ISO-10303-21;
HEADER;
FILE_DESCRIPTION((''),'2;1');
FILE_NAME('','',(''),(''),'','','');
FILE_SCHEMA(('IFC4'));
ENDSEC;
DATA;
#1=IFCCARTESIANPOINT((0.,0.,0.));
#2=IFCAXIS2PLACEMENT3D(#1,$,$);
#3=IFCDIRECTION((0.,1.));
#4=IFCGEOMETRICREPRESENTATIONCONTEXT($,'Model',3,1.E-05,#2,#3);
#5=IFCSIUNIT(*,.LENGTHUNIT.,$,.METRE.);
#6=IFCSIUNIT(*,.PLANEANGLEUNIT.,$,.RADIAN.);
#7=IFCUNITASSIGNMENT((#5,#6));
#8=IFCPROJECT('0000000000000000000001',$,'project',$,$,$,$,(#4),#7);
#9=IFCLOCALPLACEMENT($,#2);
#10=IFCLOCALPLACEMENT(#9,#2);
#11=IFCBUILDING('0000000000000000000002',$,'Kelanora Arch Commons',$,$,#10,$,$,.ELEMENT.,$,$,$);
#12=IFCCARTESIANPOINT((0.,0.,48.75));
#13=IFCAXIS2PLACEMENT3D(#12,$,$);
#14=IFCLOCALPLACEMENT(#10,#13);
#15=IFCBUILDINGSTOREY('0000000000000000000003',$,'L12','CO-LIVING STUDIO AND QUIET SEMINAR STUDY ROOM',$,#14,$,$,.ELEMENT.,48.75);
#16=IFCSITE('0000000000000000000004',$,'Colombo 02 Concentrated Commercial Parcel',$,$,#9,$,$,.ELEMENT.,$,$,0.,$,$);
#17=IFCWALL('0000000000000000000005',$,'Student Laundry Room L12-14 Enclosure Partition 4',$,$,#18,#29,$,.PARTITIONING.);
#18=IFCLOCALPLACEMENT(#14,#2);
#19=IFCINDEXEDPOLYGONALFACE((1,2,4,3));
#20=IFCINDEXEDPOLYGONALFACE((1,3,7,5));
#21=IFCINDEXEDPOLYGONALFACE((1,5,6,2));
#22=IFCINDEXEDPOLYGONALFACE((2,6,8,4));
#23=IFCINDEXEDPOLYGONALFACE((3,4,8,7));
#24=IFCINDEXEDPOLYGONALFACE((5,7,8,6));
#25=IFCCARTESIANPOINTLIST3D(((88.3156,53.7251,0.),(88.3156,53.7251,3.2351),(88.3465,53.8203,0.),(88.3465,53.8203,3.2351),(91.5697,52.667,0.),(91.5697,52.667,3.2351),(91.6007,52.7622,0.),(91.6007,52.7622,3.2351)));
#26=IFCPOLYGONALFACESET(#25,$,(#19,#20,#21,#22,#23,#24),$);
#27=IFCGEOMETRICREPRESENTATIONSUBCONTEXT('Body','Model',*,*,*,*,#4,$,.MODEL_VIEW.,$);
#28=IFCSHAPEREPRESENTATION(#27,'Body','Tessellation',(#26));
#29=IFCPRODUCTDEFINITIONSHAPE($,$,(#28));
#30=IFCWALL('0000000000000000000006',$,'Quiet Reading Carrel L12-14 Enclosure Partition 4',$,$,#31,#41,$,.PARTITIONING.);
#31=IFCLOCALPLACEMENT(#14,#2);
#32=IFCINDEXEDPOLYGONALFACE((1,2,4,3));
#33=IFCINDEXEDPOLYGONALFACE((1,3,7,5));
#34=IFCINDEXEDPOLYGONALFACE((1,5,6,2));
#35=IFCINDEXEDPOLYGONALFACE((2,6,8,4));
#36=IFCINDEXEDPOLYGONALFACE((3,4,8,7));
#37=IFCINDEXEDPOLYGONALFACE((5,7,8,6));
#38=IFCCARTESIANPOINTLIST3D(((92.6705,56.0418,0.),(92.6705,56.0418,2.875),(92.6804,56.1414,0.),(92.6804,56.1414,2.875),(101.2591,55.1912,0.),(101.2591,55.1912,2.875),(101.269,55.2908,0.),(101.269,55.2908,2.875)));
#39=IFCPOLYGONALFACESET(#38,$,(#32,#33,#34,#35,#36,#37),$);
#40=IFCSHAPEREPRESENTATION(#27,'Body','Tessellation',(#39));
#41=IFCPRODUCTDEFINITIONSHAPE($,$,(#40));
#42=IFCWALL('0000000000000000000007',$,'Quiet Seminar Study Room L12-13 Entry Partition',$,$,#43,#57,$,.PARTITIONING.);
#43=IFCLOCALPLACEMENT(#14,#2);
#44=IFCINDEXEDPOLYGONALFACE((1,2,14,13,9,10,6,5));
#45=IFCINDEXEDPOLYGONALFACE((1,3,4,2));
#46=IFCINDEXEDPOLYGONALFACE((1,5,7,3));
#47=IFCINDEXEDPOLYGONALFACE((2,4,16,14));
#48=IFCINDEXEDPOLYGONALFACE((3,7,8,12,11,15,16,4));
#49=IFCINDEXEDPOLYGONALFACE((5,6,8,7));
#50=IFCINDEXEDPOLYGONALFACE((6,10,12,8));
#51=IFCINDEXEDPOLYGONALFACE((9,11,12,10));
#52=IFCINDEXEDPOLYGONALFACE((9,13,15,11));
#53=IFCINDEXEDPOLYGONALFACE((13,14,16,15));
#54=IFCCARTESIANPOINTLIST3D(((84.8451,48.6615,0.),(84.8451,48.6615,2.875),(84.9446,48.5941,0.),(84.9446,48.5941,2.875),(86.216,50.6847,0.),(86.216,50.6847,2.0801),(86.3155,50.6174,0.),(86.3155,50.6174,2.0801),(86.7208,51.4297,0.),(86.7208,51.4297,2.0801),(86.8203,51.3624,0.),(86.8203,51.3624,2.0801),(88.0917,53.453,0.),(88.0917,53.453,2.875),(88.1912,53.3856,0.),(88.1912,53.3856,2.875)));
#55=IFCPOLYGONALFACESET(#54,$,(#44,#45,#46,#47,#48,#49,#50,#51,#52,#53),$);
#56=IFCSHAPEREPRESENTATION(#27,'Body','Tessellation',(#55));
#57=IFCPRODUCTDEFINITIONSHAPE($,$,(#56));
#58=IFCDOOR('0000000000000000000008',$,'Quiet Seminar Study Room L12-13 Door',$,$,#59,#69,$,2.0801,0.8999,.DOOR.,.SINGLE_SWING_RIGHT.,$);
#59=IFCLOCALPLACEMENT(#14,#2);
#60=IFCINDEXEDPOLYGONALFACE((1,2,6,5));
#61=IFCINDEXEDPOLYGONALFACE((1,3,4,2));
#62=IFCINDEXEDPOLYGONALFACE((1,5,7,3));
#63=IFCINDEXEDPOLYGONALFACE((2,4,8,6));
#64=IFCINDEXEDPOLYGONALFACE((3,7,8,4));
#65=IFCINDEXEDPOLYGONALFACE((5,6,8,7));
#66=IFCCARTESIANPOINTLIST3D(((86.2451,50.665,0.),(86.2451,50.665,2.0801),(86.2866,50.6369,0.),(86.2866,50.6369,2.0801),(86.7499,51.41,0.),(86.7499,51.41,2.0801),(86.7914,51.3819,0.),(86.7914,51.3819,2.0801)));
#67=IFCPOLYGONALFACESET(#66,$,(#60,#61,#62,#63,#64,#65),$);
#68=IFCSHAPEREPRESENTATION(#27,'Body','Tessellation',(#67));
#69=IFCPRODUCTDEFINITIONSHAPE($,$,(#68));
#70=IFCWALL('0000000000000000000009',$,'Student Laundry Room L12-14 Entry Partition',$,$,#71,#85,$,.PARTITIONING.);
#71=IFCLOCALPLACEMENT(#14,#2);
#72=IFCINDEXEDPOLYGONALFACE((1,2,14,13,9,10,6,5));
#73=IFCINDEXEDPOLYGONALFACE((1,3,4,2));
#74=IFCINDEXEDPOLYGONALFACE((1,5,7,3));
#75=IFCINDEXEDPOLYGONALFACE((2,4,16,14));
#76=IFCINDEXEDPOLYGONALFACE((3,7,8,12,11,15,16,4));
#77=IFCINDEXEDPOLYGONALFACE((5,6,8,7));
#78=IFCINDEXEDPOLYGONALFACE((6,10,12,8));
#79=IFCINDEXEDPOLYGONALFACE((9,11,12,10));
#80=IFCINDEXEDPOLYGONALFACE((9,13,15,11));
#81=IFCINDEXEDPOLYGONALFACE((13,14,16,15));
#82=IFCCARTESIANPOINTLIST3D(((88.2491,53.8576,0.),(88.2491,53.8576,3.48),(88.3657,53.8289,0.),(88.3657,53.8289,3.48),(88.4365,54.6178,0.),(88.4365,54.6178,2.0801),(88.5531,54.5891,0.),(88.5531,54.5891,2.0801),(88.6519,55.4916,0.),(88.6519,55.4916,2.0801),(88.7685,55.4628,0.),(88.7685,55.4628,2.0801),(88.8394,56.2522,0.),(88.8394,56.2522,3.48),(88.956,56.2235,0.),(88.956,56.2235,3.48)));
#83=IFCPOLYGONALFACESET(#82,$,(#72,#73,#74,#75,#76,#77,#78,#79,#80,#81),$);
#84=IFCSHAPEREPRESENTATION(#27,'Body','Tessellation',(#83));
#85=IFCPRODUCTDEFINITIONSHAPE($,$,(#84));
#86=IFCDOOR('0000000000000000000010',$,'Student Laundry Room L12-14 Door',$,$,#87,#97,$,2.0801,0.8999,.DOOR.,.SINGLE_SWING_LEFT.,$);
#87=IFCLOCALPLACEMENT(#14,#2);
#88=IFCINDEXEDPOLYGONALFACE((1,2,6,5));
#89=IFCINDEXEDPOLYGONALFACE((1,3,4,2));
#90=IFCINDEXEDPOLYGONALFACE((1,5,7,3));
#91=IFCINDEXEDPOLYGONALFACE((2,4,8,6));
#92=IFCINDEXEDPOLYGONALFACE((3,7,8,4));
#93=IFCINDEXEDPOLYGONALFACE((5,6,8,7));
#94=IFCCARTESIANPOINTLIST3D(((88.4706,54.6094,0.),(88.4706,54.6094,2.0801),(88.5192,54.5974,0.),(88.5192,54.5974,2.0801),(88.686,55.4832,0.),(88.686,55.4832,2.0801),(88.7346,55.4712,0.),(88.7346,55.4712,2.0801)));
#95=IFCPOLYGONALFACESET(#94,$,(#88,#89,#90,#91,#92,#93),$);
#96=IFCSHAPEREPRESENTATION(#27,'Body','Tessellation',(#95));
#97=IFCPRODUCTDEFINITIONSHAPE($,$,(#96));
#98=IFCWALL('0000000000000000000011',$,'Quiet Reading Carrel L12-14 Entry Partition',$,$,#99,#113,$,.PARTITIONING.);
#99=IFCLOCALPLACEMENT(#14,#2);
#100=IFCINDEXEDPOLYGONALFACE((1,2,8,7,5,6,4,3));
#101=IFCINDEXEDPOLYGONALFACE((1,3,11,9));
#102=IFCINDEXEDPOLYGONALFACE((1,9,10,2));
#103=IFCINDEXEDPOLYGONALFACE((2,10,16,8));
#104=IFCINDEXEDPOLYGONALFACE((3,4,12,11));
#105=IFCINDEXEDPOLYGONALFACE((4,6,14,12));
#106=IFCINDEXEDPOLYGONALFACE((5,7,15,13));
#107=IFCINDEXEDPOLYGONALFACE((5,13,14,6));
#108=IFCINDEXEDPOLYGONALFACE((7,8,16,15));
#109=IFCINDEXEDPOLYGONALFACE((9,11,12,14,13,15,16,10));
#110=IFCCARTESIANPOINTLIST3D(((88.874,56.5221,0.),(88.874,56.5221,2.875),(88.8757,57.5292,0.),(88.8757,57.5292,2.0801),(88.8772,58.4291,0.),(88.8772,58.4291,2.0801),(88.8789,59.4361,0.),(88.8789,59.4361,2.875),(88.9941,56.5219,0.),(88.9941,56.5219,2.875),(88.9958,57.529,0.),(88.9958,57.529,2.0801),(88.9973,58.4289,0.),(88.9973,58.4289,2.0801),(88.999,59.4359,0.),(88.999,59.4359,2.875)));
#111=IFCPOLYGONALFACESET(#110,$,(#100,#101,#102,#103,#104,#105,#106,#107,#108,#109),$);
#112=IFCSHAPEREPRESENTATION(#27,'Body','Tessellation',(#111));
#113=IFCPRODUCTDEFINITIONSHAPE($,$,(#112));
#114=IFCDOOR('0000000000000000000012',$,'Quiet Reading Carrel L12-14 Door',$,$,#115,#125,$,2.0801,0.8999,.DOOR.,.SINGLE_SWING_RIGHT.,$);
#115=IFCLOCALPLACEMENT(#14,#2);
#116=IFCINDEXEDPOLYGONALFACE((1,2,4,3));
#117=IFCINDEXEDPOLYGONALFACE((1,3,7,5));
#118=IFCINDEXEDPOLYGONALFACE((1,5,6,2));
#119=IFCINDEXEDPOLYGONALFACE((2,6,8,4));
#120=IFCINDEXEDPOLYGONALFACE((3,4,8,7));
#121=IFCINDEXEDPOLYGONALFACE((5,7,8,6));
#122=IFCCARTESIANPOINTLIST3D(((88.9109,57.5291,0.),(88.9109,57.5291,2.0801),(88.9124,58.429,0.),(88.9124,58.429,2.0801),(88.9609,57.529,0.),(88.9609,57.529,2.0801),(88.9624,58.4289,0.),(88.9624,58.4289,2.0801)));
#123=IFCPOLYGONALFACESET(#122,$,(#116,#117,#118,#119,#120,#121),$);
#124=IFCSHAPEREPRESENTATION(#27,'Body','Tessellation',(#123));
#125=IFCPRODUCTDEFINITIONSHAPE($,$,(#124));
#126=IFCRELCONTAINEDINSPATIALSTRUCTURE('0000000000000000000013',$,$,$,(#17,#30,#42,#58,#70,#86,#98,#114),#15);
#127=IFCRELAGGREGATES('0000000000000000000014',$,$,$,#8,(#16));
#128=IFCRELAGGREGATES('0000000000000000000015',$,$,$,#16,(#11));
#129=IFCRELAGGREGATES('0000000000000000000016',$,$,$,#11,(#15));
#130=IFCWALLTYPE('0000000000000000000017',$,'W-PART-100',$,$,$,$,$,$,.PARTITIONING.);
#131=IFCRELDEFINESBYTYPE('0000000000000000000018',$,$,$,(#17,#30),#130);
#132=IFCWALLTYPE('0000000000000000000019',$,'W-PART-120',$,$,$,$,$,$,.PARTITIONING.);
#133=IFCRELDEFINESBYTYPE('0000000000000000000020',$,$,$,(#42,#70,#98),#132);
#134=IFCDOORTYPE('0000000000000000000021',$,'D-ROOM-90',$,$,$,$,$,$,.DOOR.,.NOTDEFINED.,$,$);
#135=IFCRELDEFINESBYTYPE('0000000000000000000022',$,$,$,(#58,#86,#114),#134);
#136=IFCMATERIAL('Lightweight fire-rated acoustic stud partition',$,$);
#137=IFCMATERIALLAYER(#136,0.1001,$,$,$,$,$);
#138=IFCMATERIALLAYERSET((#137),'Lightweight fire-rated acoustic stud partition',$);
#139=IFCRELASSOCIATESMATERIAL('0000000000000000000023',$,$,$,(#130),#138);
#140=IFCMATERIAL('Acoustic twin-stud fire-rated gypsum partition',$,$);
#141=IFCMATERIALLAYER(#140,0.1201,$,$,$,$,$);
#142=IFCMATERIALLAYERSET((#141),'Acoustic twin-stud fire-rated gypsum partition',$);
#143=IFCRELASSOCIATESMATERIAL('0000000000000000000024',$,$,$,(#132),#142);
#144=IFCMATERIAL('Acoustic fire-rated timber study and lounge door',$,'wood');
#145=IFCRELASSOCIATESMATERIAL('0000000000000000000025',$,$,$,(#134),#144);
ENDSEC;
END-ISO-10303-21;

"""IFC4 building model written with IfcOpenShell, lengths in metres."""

from ifc_helpers import new_model, si_unit, direction, frame, frame_2d, origin, place, context, subcontext, project, spatial, rectangle, extrude, material, layer, layer_set, type_object, element, fill, save


model = new_model("IFC4")

# Units and contexts
model_context = context("Model", 3, precision=1e-05, world=origin(), true_north=direction((0.0, 1.0)))
body_context = subcontext(model_context, "Body", "Model", "MODEL_VIEW")
ifc_project = project(units=[si_unit("LENGTHUNIT", "METRE"), si_unit("PLANEANGLEUNIT", "RADIAN")], contexts=[model_context])

# Site, building, storey
site_placement = place(None, origin())
site = spatial("IfcSite", under=ifc_project, at=site_placement, Name="Colombo 02 Concentrated Commercial Parcel", CompositionType="ELEMENT", RefElevation=0.0)
building_placement = place(site_placement, origin())
building = spatial("IfcBuilding", under=site, at=building_placement, Name="Kelanora Arch Commons", CompositionType="ELEMENT")
storey_placement = place(building_placement, frame((0.0, 0.0, 48.75)))
storey = spatial("IfcBuildingStorey", under=building, at=storey_placement, Name="L12", Description="CO-LIVING STUDIO AND QUIET SEMINAR STUDY ROOM", CompositionType="ELEMENT", Elevation=48.75)

# Walls
ifc_material_1 = material(Name="Lightweight fire-rated acoustic stud partition")
ifc_layer_1 = layer(ifc_material_1, 0.1001)
ifc_layer_set_1 = layer_set([ifc_layer_1], Name="Lightweight fire-rated acoustic stud partition")
wall_type_1 = type_object("IfcWallType", Name="W-PART-100", PredefinedType="PARTITIONING", material=ifc_layer_set_1)
wall_1_placement = place(storey_placement, frame((91.5852, 52.7146, 0.0), z_axis=(0.0, 0.0, 1.0), x_axis=(-0.950991, 0.30922, 0.0)))
element("IfcWall", 1, at=wall_1_placement, inside=storey, type_object=wall_type_1, Name="Student Laundry Room L12-14 Enclosure Partition 4", PredefinedType="PARTITIONING", context=body_context, shape_type="SweptSolid", body=[
    extrude(rectangle(XDim=3.4219, YDim=0.1001, at=frame_2d((1.7109, 0.0))), origin(), (0.0, 0.0, 1.0), 3.2351),
])
wall_2_placement = place(storey_placement, frame((101.2642, 55.241, 0.0), z_axis=(0.0, 0.0, 1.0), x_axis=(-0.995132, 0.098554, 0.0)))
element("IfcWall", 2, at=wall_2_placement, inside=storey, type_object=wall_type_1, Name="Quiet Reading Carrel L12-14 Enclosure Partition 4", PredefinedType="PARTITIONING", context=body_context, shape_type="SweptSolid", body=[
    extrude(rectangle(XDim=8.6306, YDim=0.1001, at=frame_2d((4.3154, 0.0))), origin(), (0.0, 0.0, 1.0), 2.875),
])

# Walls, openings, doors
ifc_material_2 = material(Name="Acoustic twin-stud fire-rated gypsum partition")
ifc_layer_2 = layer(ifc_material_2, 0.1201)
ifc_layer_set_2 = layer_set([ifc_layer_2], Name="Acoustic twin-stud fire-rated gypsum partition")
wall_type_2 = type_object("IfcWallType", Name="W-PART-120", PredefinedType="PARTITIONING", material=ifc_layer_set_2)
wall_3_placement = place(storey_placement, frame((84.8948, 48.6277, 0.0), z_axis=(0.0, 0.0, 1.0), x_axis=(0.560934, 0.827861, 0.0)))
wall_3 = element("IfcWall", 3, at=wall_3_placement, inside=storey, type_object=wall_type_2, Name="Quiet Seminar Study Room L12-13 Entry Partition", PredefinedType="PARTITIONING", context=body_context, shape_type="SweptSolid", body=[
    extrude(rectangle(XDim=5.7878, YDim=0.1201, at=frame_2d((2.894, 0.0))), origin(), (0.0, 0.0, 1.0), 2.875),
])
opening_1_placement = place(wall_3_placement, frame((2.4441, 0.0, 0.0)))
opening_1 = element("IfcOpeningElement", 4, at=opening_1_placement, cuts=wall_3, PredefinedType="OPENING", context=body_context, shape_type="SweptSolid", body=[
    extrude(rectangle(XDim=0.8999, YDim=2.0801, at=frame_2d((0.45, 1.04))), frame((0.0, 0.0701, 0.0), z_axis=(0.0, -1.0, 0.0), x_axis=(1.0, 0.0, 0.0)), (0.0, 0.0, 1.0), 0.1401),
])
ifc_material_3 = material(Name="Acoustic fire-rated timber study and lounge door", Category="wood")
door_type = type_object("IfcDoorType", Name="D-ROOM-90", OperationType="NOTDEFINED", PredefinedType="DOOR", material=ifc_material_3)
door_1_placement = place(opening_1_placement, origin())
door_1 = element("IfcDoor", 5, at=door_1_placement, inside=storey, type_object=door_type, Name="Quiet Seminar Study Room L12-13 Door", OperationType="SINGLE_SWING_RIGHT", OverallHeight=2.0801, OverallWidth=0.8999, PredefinedType="DOOR", context=body_context, shape_type="SweptSolid", body=[
    extrude(rectangle(XDim=0.8999, YDim=2.0801, at=frame_2d((0.45, 1.04))), frame((0.0, 0.0249, 0.0), z_axis=(0.0, -1.0, 0.0), x_axis=(1.0, 0.0, 0.0)), (0.0, 0.0, 1.0), 0.05),
])
fill(opening_1, door_1)
wall_4_placement = place(storey_placement, frame((88.3074, 53.8433, 0.0), z_axis=(0.0, 0.0, 1.0), x_axis=(0.239367, 0.970929, 0.0)))
wall_4 = element("IfcWall", 6, at=wall_4_placement, inside=storey, type_object=wall_type_2, Name="Student Laundry Room L12-14 Entry Partition", PredefinedType="PARTITIONING", context=body_context, shape_type="SweptSolid", body=[
    extrude(rectangle(XDim=2.4663, YDim=0.1201, at=frame_2d((1.2332, 0.0))), origin(), (0.0, 0.0, 1.0), 3.48),
])
opening_2_placement = place(wall_4_placement, frame((0.783, 0.0, 0.0)))
opening_2 = element("IfcOpeningElement", 7, at=opening_2_placement, cuts=wall_4, PredefinedType="OPENING", context=body_context, shape_type="SweptSolid", body=[
    extrude(rectangle(XDim=0.8999, YDim=2.0801, at=frame_2d((0.45, 1.04))), frame((0.0, 0.0701, 0.0), z_axis=(0.0, -1.0, 0.0), x_axis=(1.0, 0.0, 0.0)), (0.0, 0.0, 1.0), 0.1401),
])
door_2_placement = place(opening_2_placement, origin())
door_2 = element("IfcDoor", 8, at=door_2_placement, inside=storey, type_object=door_type, Name="Student Laundry Room L12-14 Door", OperationType="SINGLE_SWING_LEFT", OverallHeight=2.0801, OverallWidth=0.8999, PredefinedType="DOOR", context=body_context, shape_type="SweptSolid", body=[
    extrude(rectangle(XDim=0.8999, YDim=2.0801, at=frame_2d((0.45, 1.04))), frame((0.0, 0.0249, 0.0), z_axis=(0.0, -1.0, 0.0), x_axis=(1.0, 0.0, 0.0)), (0.0, 0.0, 1.0), 0.05),
])
fill(opening_2, door_2)
wall_5_placement = place(storey_placement, frame((88.9341, 56.522, 0.0), z_axis=(0.0, 0.0, 1.0), x_axis=(0.001676, 0.999999, 0.0)))
wall_5 = element("IfcWall", 9, at=wall_5_placement, inside=storey, type_object=wall_type_2, Name="Quiet Reading Carrel L12-14 Entry Partition", PredefinedType="PARTITIONING", context=body_context, shape_type="SweptSolid", body=[
    extrude(rectangle(XDim=2.9141, YDim=0.1201, at=frame_2d((1.457, 0.0))), origin(), (0.0, 0.0, 1.0), 2.875),
])
opening_3_placement = place(wall_5_placement, frame((1.0071, 0.0, 0.0)))
opening_3 = element("IfcOpeningElement", 10, at=opening_3_placement, cuts=wall_5, PredefinedType="OPENING", context=body_context, shape_type="SweptSolid", body=[
    extrude(rectangle(XDim=0.8999, YDim=2.0801, at=frame_2d((0.45, 1.04))), frame((0.0, 0.0701, 0.0), z_axis=(0.0, -1.0, 0.0), x_axis=(1.0, 0.0, 0.0)), (0.0, 0.0, 1.0), 0.1401),
])
door_3_placement = place(opening_3_placement, origin())
door_3 = element("IfcDoor", 11, at=door_3_placement, inside=storey, type_object=door_type, Name="Quiet Reading Carrel L12-14 Door", OperationType="SINGLE_SWING_RIGHT", OverallHeight=2.0801, OverallWidth=0.8999, PredefinedType="DOOR", context=body_context, shape_type="SweptSolid", body=[
    extrude(rectangle(XDim=0.8999, YDim=2.0801, at=frame_2d((0.45, 1.04))), frame((0.0, 0.0249, 0.0), z_axis=(0.0, -1.0, 0.0), x_axis=(1.0, 0.0, 0.0)), (0.0, 0.0, 1.0), 0.05),
])
fill(opening_3, door_3)

save(model, "model.ifc")
